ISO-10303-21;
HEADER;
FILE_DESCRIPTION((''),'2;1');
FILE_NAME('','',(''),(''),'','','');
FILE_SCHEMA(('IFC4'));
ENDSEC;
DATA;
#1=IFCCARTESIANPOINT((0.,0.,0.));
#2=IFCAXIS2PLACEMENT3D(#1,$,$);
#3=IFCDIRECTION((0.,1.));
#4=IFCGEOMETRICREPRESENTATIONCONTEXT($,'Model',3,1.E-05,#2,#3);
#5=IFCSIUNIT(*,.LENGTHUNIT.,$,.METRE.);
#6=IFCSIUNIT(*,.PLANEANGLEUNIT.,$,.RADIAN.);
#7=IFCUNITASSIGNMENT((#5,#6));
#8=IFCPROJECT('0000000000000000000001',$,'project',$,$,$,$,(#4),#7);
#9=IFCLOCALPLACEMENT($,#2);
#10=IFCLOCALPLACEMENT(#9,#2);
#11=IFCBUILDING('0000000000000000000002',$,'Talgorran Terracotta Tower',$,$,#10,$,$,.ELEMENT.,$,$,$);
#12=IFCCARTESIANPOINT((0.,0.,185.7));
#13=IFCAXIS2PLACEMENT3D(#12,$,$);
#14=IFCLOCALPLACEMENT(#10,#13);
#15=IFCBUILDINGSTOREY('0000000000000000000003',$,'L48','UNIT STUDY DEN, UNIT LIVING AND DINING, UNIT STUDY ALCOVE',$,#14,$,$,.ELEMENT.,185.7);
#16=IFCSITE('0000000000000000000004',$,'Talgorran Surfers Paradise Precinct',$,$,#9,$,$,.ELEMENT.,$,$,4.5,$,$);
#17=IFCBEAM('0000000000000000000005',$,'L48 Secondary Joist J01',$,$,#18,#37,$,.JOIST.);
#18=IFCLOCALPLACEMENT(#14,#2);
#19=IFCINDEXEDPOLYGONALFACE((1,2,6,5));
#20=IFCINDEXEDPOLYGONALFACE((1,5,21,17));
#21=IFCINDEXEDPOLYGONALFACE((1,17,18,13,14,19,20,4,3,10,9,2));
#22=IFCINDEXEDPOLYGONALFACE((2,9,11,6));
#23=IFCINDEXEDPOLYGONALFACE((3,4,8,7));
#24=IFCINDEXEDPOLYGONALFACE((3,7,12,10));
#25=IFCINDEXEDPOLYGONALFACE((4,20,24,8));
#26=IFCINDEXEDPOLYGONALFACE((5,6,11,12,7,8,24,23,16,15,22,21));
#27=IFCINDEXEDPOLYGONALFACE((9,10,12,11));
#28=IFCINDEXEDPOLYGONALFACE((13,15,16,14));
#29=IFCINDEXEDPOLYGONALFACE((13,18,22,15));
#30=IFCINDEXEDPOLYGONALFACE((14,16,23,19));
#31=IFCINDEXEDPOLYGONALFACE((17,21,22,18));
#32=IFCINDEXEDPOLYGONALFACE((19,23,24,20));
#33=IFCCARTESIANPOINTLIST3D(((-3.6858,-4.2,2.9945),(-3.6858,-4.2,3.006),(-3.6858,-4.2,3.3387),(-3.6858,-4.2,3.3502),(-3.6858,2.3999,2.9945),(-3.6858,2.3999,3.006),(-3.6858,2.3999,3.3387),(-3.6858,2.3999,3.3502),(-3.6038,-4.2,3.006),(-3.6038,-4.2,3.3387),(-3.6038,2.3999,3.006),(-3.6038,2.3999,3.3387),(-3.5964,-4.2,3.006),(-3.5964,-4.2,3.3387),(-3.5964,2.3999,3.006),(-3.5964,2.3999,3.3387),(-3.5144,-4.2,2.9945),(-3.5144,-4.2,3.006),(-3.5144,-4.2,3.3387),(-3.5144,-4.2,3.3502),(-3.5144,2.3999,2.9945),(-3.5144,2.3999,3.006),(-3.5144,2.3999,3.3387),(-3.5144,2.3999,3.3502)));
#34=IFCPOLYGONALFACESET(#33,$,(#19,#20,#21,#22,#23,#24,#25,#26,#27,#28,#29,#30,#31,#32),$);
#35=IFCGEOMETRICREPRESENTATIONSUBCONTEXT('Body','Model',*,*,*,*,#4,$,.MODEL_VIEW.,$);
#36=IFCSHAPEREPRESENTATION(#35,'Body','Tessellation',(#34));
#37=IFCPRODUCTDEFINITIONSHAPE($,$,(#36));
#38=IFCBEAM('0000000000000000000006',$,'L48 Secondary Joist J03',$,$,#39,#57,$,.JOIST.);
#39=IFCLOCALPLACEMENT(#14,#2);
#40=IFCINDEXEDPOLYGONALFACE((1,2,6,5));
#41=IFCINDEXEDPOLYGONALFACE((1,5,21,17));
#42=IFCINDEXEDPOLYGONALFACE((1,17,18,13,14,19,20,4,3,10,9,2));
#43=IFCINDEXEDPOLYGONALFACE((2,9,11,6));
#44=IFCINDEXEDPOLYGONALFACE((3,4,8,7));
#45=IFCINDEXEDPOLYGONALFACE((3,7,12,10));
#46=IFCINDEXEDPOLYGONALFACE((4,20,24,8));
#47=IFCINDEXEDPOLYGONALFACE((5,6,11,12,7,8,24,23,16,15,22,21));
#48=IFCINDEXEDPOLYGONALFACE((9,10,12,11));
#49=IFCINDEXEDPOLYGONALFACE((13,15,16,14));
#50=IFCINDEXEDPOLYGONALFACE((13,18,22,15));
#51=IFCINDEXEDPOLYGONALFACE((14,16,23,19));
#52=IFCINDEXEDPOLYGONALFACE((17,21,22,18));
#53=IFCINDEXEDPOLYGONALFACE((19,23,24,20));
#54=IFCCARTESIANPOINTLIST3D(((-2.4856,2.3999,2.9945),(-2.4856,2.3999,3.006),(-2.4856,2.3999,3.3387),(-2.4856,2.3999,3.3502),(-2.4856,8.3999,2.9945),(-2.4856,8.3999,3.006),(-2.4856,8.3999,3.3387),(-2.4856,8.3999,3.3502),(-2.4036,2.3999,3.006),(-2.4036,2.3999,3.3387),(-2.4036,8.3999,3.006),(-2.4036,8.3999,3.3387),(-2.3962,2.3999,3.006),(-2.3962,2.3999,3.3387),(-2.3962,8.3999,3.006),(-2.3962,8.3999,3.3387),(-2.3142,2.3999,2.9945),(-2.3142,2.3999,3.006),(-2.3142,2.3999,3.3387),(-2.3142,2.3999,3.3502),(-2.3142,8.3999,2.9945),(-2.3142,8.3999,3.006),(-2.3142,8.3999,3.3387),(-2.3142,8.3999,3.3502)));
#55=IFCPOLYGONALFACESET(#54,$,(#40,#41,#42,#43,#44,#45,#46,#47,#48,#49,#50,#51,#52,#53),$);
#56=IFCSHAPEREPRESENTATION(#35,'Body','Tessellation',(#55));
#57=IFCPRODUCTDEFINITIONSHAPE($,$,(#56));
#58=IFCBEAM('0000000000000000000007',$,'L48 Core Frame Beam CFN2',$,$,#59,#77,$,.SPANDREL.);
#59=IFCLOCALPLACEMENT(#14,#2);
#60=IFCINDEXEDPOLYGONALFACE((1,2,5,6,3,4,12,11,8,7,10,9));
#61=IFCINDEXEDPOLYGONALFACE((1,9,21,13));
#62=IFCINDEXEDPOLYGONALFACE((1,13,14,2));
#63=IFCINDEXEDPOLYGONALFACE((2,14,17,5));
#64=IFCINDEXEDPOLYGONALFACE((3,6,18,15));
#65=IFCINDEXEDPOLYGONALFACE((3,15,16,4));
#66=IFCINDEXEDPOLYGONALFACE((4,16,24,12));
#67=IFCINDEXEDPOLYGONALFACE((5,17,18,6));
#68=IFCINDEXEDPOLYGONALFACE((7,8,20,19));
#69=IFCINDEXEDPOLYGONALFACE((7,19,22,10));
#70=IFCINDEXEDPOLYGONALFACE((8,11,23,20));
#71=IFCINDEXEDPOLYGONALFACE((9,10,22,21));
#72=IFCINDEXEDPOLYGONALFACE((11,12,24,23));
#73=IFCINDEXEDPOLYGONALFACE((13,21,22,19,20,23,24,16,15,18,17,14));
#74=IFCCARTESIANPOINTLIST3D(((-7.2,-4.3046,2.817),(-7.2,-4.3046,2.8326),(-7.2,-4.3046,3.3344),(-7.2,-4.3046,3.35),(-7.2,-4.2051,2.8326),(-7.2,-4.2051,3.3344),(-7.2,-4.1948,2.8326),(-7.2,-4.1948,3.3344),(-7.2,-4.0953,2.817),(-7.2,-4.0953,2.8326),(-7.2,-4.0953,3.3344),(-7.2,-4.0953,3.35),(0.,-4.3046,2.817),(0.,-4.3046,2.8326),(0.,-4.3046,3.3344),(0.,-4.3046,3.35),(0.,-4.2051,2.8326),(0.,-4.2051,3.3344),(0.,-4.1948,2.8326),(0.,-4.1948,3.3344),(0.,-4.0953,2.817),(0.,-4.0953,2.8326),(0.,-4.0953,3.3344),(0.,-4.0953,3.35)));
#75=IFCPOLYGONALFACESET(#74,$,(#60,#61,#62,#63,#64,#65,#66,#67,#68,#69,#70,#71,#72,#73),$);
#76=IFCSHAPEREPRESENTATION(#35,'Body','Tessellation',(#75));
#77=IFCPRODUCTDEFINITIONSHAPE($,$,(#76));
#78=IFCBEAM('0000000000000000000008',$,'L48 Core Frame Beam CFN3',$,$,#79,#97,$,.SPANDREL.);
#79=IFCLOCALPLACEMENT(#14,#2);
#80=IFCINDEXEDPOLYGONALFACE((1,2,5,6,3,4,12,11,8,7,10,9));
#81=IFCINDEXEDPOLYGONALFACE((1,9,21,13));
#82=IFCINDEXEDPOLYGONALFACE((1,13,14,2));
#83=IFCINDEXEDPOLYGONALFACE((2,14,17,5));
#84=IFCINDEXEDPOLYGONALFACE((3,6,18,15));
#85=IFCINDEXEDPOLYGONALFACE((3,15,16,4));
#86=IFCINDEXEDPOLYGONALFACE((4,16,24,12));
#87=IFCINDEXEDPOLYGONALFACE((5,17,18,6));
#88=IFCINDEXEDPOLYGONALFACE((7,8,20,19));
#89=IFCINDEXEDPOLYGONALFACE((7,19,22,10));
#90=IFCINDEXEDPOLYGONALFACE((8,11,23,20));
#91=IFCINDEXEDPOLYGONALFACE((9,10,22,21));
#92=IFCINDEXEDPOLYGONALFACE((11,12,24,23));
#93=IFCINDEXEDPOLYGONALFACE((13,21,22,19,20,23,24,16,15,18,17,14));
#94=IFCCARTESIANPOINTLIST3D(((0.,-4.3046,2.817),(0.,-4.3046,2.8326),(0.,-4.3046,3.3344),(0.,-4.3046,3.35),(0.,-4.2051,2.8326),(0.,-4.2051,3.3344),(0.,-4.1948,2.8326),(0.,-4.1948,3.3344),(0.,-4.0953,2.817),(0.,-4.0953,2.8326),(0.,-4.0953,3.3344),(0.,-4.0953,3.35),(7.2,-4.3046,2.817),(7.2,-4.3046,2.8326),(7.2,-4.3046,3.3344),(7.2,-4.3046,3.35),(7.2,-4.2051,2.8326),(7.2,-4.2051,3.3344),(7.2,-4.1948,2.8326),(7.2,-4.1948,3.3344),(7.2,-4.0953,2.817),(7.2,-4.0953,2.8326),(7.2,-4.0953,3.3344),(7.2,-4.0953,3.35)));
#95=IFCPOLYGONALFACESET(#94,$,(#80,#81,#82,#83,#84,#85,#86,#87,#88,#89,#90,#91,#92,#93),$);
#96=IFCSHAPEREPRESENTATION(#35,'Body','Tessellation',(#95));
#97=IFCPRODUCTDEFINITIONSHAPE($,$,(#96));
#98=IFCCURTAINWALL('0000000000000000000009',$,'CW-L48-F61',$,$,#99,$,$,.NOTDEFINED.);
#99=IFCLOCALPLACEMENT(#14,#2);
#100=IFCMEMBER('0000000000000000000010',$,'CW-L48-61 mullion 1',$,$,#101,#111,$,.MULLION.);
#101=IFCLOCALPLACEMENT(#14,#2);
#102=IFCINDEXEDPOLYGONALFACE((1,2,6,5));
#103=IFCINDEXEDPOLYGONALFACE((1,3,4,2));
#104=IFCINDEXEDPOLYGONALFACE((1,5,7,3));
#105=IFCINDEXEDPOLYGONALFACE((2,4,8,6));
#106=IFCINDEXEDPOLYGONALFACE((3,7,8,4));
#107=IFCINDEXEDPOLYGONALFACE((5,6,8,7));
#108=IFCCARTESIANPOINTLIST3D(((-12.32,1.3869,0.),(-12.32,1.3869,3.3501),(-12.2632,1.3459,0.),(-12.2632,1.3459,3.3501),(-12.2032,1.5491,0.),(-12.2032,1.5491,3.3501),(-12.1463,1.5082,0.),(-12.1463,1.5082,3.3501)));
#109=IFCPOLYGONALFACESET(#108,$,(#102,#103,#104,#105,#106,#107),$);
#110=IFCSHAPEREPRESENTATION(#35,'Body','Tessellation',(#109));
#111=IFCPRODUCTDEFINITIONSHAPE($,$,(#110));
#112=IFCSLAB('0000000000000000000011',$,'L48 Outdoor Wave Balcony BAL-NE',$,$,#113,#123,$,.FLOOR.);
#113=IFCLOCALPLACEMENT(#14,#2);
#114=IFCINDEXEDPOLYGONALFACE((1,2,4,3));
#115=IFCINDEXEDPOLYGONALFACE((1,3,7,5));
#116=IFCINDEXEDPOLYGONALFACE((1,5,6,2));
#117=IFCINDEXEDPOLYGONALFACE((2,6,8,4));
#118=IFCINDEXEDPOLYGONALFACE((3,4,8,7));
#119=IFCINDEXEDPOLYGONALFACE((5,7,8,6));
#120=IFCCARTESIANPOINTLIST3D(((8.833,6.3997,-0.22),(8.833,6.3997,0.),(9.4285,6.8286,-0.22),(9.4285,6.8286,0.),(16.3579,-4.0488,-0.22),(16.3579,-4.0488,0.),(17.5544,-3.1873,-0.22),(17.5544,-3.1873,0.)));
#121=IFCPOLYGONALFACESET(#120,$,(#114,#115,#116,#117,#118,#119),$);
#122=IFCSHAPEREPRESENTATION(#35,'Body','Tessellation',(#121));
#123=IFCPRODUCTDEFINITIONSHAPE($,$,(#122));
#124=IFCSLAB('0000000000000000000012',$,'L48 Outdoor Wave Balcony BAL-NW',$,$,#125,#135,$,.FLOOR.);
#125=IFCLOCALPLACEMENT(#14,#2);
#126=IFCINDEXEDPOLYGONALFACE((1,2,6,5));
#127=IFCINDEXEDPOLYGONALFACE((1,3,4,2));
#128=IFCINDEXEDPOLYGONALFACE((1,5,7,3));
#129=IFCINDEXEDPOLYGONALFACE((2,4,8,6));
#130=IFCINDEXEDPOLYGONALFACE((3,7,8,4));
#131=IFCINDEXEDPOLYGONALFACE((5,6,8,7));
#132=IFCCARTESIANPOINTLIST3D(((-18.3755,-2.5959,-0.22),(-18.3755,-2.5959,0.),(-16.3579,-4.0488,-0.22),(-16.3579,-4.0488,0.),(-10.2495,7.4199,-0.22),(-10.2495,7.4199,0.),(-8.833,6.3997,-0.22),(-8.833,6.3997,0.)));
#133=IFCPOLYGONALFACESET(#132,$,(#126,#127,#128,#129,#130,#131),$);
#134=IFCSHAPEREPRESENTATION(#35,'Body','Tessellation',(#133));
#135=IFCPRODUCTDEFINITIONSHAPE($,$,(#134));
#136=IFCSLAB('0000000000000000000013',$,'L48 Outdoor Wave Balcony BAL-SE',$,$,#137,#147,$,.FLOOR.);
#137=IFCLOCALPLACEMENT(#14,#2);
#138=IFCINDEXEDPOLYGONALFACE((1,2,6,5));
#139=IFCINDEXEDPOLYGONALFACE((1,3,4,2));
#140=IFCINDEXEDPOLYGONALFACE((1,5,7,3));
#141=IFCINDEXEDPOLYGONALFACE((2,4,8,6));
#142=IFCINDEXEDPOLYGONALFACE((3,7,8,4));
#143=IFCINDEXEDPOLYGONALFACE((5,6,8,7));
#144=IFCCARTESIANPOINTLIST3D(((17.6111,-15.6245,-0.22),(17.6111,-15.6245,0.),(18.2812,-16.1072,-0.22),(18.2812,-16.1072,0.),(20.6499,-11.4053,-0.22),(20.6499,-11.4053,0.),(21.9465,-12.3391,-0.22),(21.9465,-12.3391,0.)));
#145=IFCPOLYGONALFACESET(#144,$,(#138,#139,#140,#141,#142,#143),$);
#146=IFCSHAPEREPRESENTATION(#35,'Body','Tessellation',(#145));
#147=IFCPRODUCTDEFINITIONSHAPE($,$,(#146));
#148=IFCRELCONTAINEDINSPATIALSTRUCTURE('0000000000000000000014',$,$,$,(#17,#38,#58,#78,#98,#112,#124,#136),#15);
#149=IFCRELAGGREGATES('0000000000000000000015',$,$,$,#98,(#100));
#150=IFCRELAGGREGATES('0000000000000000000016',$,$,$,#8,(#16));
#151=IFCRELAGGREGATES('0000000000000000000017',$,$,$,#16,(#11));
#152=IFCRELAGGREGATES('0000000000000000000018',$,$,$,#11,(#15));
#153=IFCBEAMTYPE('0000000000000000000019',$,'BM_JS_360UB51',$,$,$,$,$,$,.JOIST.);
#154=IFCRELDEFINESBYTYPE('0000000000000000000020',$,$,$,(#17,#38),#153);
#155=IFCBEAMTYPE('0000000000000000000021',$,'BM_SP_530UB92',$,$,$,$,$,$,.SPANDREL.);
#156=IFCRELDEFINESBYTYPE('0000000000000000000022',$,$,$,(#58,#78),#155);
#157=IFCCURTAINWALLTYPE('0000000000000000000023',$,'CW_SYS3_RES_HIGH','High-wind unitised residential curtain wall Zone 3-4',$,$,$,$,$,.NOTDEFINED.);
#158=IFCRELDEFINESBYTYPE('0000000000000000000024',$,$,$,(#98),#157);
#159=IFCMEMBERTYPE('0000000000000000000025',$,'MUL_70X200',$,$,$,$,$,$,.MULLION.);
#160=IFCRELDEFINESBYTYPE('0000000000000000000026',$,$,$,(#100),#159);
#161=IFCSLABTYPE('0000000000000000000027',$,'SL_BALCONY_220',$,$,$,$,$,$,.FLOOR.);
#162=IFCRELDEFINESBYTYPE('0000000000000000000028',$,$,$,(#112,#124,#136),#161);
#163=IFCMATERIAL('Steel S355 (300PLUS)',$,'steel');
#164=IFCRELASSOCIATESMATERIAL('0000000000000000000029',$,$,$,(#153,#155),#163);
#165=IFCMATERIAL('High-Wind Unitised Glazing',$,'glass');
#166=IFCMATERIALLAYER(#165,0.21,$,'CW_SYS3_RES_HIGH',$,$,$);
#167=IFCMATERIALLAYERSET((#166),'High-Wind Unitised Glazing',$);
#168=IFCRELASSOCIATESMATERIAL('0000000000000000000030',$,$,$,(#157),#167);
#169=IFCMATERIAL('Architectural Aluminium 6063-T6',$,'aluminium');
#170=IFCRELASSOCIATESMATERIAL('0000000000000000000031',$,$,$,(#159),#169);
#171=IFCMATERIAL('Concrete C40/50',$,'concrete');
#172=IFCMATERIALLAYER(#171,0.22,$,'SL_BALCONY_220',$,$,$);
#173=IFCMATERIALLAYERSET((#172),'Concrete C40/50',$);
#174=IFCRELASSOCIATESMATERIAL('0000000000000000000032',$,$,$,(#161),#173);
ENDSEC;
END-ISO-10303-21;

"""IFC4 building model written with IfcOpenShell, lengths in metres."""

from ifc_helpers import new_model, si_unit, direction, frame, origin, origin_2d, place, context, subcontext, project, spatial, polyline, rectangle, i_section, outline, extrude, material, layer, layer_set, material_profile, profile_set, type_object, element, aggregate, save


model = new_model("IFC4")

# Units and contexts
model_context = context("Model", 3, precision=1e-05, world=origin(), true_north=direction((0.0, 1.0)))
body_context = subcontext(model_context, "Body", "Model", "MODEL_VIEW")
ifc_project = project(units=[si_unit("LENGTHUNIT", "METRE"), si_unit("PLANEANGLEUNIT", "RADIAN")], contexts=[model_context])

# Site, building, storey
site_placement = place(None, origin())
site = spatial("IfcSite", under=ifc_project, at=site_placement, Name="Talgorran Surfers Paradise Precinct", CompositionType="ELEMENT", RefElevation=4.5)
building_placement = place(site_placement, origin())
building = spatial("IfcBuilding", under=site, at=building_placement, Name="Talgorran Terracotta Tower", CompositionType="ELEMENT")
storey_placement = place(building_placement, frame((0.0, 0.0, 185.7)))
storey = spatial("IfcBuildingStorey", under=building, at=storey_placement, Name="L48", Description="UNIT STUDY DEN, UNIT LIVING AND DINING, UNIT STUDY ALCOVE", CompositionType="ELEMENT", Elevation=185.7)

# Shared definitions
ifc_material_1 = material(Name="Steel S355 (300PLUS)", Category="steel")

# Beams
ifc_material_profile_1 = material_profile(ifc_material_1, i_section(OverallWidth=0.1714, OverallDepth=0.3557, WebThickness=0.0073, FlangeThickness=0.0115, at=origin_2d()), Name="360UB50.7")
ifc_profile_set_1 = profile_set([ifc_material_profile_1], Name="Steel S355 (300PLUS)")
beam_type_1 = type_object("IfcBeamType", Name="BM_JS_360UB51", PredefinedType="JOIST", material=ifc_profile_set_1)
beam_1_placement = place(storey_placement, frame((-3.6001, -4.2, 3.1724), z_axis=(0.0, 1.0, 0.0), x_axis=(-1.0, 0.0, 0.0)))
element("IfcBeam", 1, at=beam_1_placement, inside=storey, type_object=beam_type_1, Name="L48 Secondary Joist J01", PredefinedType="JOIST", context=body_context, shape_type="SweptSolid", body=[
    extrude(i_section(OverallWidth=0.1714, OverallDepth=0.3557, WebThickness=0.0073, FlangeThickness=0.0115, at=origin_2d()), origin(), (0.0, 0.0, 1.0), 6.5999),
])
beam_2_placement = place(storey_placement, frame((-2.3999, 2.3999, 3.1724), z_axis=(0.0, 1.0, 0.0), x_axis=(-1.0, 0.0, 0.0)))
element("IfcBeam", 2, at=beam_2_placement, inside=storey, type_object=beam_type_1, Name="L48 Secondary Joist J03", PredefinedType="JOIST", context=body_context, shape_type="SweptSolid", body=[
    extrude(i_section(OverallWidth=0.1714, OverallDepth=0.3557, WebThickness=0.0073, FlangeThickness=0.0115, at=origin_2d()), origin(), (0.0, 0.0, 1.0), 6.0),
])
ifc_material_profile_2 = material_profile(ifc_material_1, i_section(OverallWidth=0.2092, OverallDepth=0.533, WebThickness=0.0103, FlangeThickness=0.0156, at=origin_2d()), Name="530UB92.4")
ifc_profile_set_2 = profile_set([ifc_material_profile_2], Name="Steel S355 (300PLUS)")
beam_type_2 = type_object("IfcBeamType", Name="BM_SP_530UB92", PredefinedType="SPANDREL", material=ifc_profile_set_2)
for number, where, z_axis, x_axis, name in (
    (3, (-7.2, -4.2, 3.0835), (1.0, 0.0, 0.0), (0.0, 1.0, 0.0), "L48 Core Frame Beam CFN2"),
    (4, (0.0, -4.2, 3.0835), (1.0, 0.0, 0.0), (0.0, 1.0, 0.0), "L48 Core Frame Beam CFN3"),
):
    element("IfcBeam", number, at=place(storey_placement, frame(where, z_axis=z_axis, x_axis=x_axis)), inside=storey, type_object=beam_type_2, Name=name, PredefinedType="SPANDREL", context=body_context, shape_type="SweptSolid", body=[
        extrude(i_section(OverallWidth=0.2092, OverallDepth=0.533, WebThickness=0.0103, FlangeThickness=0.0156, at=origin_2d()), origin(), (0.0, 0.0, 1.0), 7.2),
    ])

# Curtain wall, member
ifc_material_2 = material(Name="High-Wind Unitised Glazing", Category="glass")
ifc_layer_1 = layer(ifc_material_2, 0.21, Name="CW_SYS3_RES_HIGH")
ifc_layer_set_1 = layer_set([ifc_layer_1], Name="High-Wind Unitised Glazing")
curtain_wall_type = type_object("IfcCurtainWallType", Name="CW_SYS3_RES_HIGH", Description="High-wind unitised residential curtain wall Zone 3-4", PredefinedType="NOTDEFINED", material=ifc_layer_set_1)
curtain_wall_placement = place(storey_placement, origin())
curtain_wall = element("IfcCurtainWall", 5, at=curtain_wall_placement, inside=storey, type_object=curtain_wall_type, Name="CW-L48-F61", PredefinedType="NOTDEFINED")
ifc_material_3 = material(Name="Architectural Aluminium 6063-T6", Category="aluminium")
ifc_material_profile_3 = material_profile(ifc_material_3, rectangle(XDim=0.0701, YDim=0.2, at=origin_2d()), Name="CWM70X200")
ifc_profile_set_3 = profile_set([ifc_material_profile_3], Name="Architectural Aluminium 6063-T6")
member_type = type_object("IfcMemberType", Name="MUL_70X200", PredefinedType="MULLION", material=ifc_profile_set_3)
member_placement = place(storey_placement, frame((-12.2332, 1.4475, 0.0), z_axis=(0.0, 0.0, 1.0), x_axis=(0.811462, -0.584405, 0.0)))
member = element("IfcMember", 6, at=member_placement, type_object=member_type, Name="CW-L48-61 mullion 1", PredefinedType="MULLION", context=body_context, shape_type="SweptSolid", body=[
    extrude(rectangle(XDim=0.0701, YDim=0.2, at=origin_2d()), origin(), (0.0, 0.0, 1.0), 3.3501),
])
aggregate(curtain_wall, [member])

# Slabs
ifc_material_4 = material(Name="Concrete C40/50", Category="concrete")
ifc_layer_2 = layer(ifc_material_4, 0.22, Name="SL_BALCONY_220")
ifc_layer_set_2 = layer_set([ifc_layer_2], Name="Concrete C40/50")
slab_type_1 = type_object("IfcSlabType", Name="SL_BALCONY_220", PredefinedType="FLOOR", material=ifc_layer_set_2)
slab_1_placement = place(storey_placement, frame((0.0, 0.0, -0.22)))
element("IfcSlab", 7, at=slab_1_placement, inside=storey, type_object=slab_type_1, Name="L48 Outdoor Wave Balcony BAL-NE", PredefinedType="FLOOR", context=body_context, shape_type="SweptSolid", body=[
    extrude(outline(polyline([(8.833, 6.3997), (16.3579, -4.0488), (17.5544, -3.1873), (9.4285, 6.8286), (8.833, 6.3997)])), origin(), (0.0, 0.0, 1.0), 0.22),
])
slab_2_placement = place(storey_placement, frame((0.0, 0.0, -0.22)))
element("IfcSlab", 8, at=slab_2_placement, inside=storey, type_object=slab_type_1, Name="L48 Outdoor Wave Balcony BAL-NW", PredefinedType="FLOOR", context=body_context, shape_type="SweptSolid", body=[
    extrude(outline(polyline([(-16.3579, -4.0488), (-8.833, 6.3997), (-10.2495, 7.4199), (-18.3755, -2.5959), (-16.3579, -4.0488)])), origin(), (0.0, 0.0, 1.0), 0.22),
])
slab_3_placement = place(storey_placement, frame((0.0, 0.0, -0.22)))
element("IfcSlab", 9, at=slab_3_placement, inside=storey, type_object=slab_type_1, Name="L48 Outdoor Wave Balcony BAL-SE", PredefinedType="FLOOR", context=body_context, shape_type="SweptSolid", body=[
    extrude(outline(polyline([(20.6499, -11.4053), (17.6111, -15.6245), (18.2812, -16.1072), (21.9465, -12.3391), (20.6499, -11.4053)])), origin(), (0.0, 0.0, 1.0), 0.22),
])

save(model, "model.ifc")
